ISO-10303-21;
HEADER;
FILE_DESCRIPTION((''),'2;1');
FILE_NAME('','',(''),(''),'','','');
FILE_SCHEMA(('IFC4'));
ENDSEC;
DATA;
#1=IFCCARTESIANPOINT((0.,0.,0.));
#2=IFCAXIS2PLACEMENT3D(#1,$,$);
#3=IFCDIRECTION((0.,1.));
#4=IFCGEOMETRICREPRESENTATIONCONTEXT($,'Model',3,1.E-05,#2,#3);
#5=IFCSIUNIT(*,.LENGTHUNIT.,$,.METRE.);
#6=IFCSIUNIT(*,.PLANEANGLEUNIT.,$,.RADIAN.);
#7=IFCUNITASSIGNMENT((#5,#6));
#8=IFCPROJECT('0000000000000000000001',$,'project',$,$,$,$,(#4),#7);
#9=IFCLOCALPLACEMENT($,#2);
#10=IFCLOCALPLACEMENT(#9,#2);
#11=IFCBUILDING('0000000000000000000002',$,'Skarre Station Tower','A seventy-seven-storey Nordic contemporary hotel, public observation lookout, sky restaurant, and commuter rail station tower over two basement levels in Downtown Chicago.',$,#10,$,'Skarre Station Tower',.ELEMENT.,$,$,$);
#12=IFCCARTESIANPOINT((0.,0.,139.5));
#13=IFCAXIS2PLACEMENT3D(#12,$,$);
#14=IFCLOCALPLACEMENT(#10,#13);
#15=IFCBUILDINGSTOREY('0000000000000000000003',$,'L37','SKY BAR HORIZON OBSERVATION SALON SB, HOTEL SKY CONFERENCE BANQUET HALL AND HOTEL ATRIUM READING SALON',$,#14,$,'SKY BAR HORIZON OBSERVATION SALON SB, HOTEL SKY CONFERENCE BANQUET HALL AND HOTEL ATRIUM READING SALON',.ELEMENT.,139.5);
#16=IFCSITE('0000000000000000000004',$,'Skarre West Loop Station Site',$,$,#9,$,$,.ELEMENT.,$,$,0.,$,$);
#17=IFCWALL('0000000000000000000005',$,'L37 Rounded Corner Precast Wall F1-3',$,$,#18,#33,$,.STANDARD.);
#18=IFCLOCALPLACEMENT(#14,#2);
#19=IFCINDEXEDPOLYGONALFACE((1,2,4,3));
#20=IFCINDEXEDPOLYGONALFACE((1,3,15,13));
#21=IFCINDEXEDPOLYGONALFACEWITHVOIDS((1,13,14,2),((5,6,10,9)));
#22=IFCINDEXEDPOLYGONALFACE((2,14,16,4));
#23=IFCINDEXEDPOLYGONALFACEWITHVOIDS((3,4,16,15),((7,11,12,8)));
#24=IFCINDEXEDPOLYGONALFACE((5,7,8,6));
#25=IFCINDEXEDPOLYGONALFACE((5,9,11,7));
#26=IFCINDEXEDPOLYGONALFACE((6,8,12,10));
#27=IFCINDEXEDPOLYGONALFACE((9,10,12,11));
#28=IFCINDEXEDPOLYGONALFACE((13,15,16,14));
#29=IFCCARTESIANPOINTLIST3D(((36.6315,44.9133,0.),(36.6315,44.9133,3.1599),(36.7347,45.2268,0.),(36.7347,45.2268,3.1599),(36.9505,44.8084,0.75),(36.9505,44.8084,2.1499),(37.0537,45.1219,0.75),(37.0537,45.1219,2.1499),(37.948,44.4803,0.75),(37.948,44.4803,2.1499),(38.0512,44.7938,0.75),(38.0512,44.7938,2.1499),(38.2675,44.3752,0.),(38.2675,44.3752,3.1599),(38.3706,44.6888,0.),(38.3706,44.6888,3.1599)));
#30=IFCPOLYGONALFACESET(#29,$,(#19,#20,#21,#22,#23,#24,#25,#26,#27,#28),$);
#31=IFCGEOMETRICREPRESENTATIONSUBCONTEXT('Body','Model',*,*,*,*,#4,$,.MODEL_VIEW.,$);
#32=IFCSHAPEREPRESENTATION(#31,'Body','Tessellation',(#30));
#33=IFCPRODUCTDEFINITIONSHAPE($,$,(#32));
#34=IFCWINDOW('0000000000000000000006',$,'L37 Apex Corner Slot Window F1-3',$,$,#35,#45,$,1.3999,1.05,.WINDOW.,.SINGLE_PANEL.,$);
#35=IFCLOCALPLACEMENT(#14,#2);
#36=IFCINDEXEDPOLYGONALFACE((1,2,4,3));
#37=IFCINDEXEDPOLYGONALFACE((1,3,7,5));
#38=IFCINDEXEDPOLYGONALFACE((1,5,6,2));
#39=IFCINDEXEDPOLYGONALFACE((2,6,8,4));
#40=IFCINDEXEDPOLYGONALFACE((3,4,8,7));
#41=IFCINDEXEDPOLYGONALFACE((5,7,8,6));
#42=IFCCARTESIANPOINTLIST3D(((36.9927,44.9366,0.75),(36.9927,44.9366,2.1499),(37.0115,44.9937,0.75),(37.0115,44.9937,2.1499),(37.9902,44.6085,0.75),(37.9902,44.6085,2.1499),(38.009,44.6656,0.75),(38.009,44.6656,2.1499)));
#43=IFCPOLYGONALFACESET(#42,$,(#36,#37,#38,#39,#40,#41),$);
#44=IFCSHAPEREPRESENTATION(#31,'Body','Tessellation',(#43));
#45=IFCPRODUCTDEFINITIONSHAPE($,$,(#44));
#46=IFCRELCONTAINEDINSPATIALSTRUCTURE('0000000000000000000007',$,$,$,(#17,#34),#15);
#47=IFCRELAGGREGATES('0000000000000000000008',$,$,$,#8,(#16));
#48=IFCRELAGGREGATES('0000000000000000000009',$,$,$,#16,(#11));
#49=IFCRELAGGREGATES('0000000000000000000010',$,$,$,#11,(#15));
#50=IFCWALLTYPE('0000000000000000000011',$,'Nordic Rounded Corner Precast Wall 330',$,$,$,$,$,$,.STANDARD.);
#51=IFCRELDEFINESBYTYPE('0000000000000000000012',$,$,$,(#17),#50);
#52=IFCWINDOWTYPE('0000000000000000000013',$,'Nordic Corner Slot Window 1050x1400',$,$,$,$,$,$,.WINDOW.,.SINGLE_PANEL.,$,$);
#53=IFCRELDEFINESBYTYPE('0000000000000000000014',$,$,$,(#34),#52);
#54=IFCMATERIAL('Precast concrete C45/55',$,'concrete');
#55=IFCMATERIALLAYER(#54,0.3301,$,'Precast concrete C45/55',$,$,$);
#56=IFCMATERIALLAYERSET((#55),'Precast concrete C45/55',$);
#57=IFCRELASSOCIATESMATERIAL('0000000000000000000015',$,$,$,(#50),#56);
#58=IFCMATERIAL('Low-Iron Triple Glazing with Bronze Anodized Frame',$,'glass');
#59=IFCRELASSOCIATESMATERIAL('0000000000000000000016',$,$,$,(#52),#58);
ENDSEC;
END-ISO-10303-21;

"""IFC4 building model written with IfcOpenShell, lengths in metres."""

from ifc_helpers import new_model, si_unit, direction, frame, frame_2d, origin, place, context, subcontext, project, spatial, rectangle, extrude, material, layer, layer_set, type_object, element, fill, save


model = new_model("IFC4")

# Units and contexts
model_context = context("Model", 3, precision=1e-05, world=origin(), true_north=direction((0.0, 1.0)))
body_context = subcontext(model_context, "Body", "Model", "MODEL_VIEW")
ifc_project = project(units=[si_unit("LENGTHUNIT", "METRE"), si_unit("PLANEANGLEUNIT", "RADIAN")], contexts=[model_context])

# Site, building, storey
site_placement = place(None, origin())
site = spatial("IfcSite", under=ifc_project, at=site_placement, Name="Skarre West Loop Station Site", CompositionType="ELEMENT", RefElevation=0.0)
building_placement = place(site_placement, origin())
building = spatial("IfcBuilding", under=site, at=building_placement, Name="Skarre Station Tower", Description="A seventy-seven-storey Nordic contemporary hotel, public observation lookout, sky restaurant, and commuter rail station tower over two basement levels in Downtown Chicago.", LongName="Skarre Station Tower", CompositionType="ELEMENT")
storey_placement = place(building_placement, frame((0.0, 0.0, 139.5)))
storey = spatial("IfcBuildingStorey", under=building, at=storey_placement, Name="L37", Description="SKY BAR HORIZON OBSERVATION SALON SB, HOTEL SKY CONFERENCE BANQUET HALL AND HOTEL ATRIUM READING SALON", LongName="SKY BAR HORIZON OBSERVATION SALON SB, HOTEL SKY CONFERENCE BANQUET HALL AND HOTEL ATRIUM READING SALON", CompositionType="ELEMENT", Elevation=139.5)

# Shared definitions
ifc_material_1 = material(Name="Precast concrete C45/55", Category="concrete")
ifc_material_2 = material(Name="Low-Iron Triple Glazing with Bronze Anodized Frame", Category="glass")

# Wall, opening, window
ifc_layer_1 = layer(ifc_material_1, 0.3301, Name="Precast concrete C45/55")
ifc_layer_set_1 = layer_set([ifc_layer_1], Name="Precast concrete C45/55")
wall_type_1 = type_object("IfcWallType", Name="Nordic Rounded Corner Precast Wall 330", PredefinedType="STANDARD", material=ifc_layer_set_1)
window_type_1 = type_object("IfcWindowType", Name="Nordic Corner Slot Window 1050x1400", PartitioningType="SINGLE_PANEL", PredefinedType="WINDOW", material=ifc_material_2)
wall_1_placement = place(storey_placement, frame((36.6831, 45.0701, 0.0), z_axis=(0.0, 0.0, 1.0), x_axis=(0.949937, -0.31244, 0.0)))
wall_1 = element("IfcWall", 1, at=wall_1_placement, inside=storey, type_object=wall_type_1, Name="L37 Rounded Corner Precast Wall F1-3", PredefinedType="STANDARD", context=body_context, shape_type="SweptSolid", body=[
    extrude(rectangle(XDim=1.7222, YDim=0.3301, at=frame_2d((0.8611, 0.0))), origin(), (0.0, 0.0, 1.0), 3.1599),
])
opening_1_placement = place(wall_1_placement, frame((0.3359, 0.0, 0.75)))
opening_1 = element("IfcOpeningElement", 2, at=opening_1_placement, cuts=wall_1, PredefinedType="OPENING", context=body_context, shape_type="SweptSolid", body=[
    extrude(rectangle(XDim=1.05, YDim=1.3999, at=frame_2d((0.5249, 0.7))), frame((0.0, 0.175, 0.0), z_axis=(0.0, -1.0, 0.0), x_axis=(1.0, 0.0, 0.0)), (0.0, 0.0, 1.0), 0.3501),
])
window_1_placement = place(opening_1_placement, origin())
window_1 = element("IfcWindow", 3, at=window_1_placement, inside=storey, type_object=window_type_1, Name="L37 Apex Corner Slot Window F1-3", OverallHeight=1.3999, OverallWidth=1.05, PartitioningType="SINGLE_PANEL", PredefinedType="WINDOW", context=body_context, shape_type="SweptSolid", body=[
    extrude(rectangle(XDim=1.05, YDim=1.3999, at=frame_2d((0.5249, 0.7))), frame((0.0, 0.03, 0.0), z_axis=(0.0, -1.0, 0.0), x_axis=(1.0, 0.0, 0.0)), (0.0, 0.0, 1.0), 0.0601),
])
fill(opening_1, window_1)

save(model, "model.ifc")
